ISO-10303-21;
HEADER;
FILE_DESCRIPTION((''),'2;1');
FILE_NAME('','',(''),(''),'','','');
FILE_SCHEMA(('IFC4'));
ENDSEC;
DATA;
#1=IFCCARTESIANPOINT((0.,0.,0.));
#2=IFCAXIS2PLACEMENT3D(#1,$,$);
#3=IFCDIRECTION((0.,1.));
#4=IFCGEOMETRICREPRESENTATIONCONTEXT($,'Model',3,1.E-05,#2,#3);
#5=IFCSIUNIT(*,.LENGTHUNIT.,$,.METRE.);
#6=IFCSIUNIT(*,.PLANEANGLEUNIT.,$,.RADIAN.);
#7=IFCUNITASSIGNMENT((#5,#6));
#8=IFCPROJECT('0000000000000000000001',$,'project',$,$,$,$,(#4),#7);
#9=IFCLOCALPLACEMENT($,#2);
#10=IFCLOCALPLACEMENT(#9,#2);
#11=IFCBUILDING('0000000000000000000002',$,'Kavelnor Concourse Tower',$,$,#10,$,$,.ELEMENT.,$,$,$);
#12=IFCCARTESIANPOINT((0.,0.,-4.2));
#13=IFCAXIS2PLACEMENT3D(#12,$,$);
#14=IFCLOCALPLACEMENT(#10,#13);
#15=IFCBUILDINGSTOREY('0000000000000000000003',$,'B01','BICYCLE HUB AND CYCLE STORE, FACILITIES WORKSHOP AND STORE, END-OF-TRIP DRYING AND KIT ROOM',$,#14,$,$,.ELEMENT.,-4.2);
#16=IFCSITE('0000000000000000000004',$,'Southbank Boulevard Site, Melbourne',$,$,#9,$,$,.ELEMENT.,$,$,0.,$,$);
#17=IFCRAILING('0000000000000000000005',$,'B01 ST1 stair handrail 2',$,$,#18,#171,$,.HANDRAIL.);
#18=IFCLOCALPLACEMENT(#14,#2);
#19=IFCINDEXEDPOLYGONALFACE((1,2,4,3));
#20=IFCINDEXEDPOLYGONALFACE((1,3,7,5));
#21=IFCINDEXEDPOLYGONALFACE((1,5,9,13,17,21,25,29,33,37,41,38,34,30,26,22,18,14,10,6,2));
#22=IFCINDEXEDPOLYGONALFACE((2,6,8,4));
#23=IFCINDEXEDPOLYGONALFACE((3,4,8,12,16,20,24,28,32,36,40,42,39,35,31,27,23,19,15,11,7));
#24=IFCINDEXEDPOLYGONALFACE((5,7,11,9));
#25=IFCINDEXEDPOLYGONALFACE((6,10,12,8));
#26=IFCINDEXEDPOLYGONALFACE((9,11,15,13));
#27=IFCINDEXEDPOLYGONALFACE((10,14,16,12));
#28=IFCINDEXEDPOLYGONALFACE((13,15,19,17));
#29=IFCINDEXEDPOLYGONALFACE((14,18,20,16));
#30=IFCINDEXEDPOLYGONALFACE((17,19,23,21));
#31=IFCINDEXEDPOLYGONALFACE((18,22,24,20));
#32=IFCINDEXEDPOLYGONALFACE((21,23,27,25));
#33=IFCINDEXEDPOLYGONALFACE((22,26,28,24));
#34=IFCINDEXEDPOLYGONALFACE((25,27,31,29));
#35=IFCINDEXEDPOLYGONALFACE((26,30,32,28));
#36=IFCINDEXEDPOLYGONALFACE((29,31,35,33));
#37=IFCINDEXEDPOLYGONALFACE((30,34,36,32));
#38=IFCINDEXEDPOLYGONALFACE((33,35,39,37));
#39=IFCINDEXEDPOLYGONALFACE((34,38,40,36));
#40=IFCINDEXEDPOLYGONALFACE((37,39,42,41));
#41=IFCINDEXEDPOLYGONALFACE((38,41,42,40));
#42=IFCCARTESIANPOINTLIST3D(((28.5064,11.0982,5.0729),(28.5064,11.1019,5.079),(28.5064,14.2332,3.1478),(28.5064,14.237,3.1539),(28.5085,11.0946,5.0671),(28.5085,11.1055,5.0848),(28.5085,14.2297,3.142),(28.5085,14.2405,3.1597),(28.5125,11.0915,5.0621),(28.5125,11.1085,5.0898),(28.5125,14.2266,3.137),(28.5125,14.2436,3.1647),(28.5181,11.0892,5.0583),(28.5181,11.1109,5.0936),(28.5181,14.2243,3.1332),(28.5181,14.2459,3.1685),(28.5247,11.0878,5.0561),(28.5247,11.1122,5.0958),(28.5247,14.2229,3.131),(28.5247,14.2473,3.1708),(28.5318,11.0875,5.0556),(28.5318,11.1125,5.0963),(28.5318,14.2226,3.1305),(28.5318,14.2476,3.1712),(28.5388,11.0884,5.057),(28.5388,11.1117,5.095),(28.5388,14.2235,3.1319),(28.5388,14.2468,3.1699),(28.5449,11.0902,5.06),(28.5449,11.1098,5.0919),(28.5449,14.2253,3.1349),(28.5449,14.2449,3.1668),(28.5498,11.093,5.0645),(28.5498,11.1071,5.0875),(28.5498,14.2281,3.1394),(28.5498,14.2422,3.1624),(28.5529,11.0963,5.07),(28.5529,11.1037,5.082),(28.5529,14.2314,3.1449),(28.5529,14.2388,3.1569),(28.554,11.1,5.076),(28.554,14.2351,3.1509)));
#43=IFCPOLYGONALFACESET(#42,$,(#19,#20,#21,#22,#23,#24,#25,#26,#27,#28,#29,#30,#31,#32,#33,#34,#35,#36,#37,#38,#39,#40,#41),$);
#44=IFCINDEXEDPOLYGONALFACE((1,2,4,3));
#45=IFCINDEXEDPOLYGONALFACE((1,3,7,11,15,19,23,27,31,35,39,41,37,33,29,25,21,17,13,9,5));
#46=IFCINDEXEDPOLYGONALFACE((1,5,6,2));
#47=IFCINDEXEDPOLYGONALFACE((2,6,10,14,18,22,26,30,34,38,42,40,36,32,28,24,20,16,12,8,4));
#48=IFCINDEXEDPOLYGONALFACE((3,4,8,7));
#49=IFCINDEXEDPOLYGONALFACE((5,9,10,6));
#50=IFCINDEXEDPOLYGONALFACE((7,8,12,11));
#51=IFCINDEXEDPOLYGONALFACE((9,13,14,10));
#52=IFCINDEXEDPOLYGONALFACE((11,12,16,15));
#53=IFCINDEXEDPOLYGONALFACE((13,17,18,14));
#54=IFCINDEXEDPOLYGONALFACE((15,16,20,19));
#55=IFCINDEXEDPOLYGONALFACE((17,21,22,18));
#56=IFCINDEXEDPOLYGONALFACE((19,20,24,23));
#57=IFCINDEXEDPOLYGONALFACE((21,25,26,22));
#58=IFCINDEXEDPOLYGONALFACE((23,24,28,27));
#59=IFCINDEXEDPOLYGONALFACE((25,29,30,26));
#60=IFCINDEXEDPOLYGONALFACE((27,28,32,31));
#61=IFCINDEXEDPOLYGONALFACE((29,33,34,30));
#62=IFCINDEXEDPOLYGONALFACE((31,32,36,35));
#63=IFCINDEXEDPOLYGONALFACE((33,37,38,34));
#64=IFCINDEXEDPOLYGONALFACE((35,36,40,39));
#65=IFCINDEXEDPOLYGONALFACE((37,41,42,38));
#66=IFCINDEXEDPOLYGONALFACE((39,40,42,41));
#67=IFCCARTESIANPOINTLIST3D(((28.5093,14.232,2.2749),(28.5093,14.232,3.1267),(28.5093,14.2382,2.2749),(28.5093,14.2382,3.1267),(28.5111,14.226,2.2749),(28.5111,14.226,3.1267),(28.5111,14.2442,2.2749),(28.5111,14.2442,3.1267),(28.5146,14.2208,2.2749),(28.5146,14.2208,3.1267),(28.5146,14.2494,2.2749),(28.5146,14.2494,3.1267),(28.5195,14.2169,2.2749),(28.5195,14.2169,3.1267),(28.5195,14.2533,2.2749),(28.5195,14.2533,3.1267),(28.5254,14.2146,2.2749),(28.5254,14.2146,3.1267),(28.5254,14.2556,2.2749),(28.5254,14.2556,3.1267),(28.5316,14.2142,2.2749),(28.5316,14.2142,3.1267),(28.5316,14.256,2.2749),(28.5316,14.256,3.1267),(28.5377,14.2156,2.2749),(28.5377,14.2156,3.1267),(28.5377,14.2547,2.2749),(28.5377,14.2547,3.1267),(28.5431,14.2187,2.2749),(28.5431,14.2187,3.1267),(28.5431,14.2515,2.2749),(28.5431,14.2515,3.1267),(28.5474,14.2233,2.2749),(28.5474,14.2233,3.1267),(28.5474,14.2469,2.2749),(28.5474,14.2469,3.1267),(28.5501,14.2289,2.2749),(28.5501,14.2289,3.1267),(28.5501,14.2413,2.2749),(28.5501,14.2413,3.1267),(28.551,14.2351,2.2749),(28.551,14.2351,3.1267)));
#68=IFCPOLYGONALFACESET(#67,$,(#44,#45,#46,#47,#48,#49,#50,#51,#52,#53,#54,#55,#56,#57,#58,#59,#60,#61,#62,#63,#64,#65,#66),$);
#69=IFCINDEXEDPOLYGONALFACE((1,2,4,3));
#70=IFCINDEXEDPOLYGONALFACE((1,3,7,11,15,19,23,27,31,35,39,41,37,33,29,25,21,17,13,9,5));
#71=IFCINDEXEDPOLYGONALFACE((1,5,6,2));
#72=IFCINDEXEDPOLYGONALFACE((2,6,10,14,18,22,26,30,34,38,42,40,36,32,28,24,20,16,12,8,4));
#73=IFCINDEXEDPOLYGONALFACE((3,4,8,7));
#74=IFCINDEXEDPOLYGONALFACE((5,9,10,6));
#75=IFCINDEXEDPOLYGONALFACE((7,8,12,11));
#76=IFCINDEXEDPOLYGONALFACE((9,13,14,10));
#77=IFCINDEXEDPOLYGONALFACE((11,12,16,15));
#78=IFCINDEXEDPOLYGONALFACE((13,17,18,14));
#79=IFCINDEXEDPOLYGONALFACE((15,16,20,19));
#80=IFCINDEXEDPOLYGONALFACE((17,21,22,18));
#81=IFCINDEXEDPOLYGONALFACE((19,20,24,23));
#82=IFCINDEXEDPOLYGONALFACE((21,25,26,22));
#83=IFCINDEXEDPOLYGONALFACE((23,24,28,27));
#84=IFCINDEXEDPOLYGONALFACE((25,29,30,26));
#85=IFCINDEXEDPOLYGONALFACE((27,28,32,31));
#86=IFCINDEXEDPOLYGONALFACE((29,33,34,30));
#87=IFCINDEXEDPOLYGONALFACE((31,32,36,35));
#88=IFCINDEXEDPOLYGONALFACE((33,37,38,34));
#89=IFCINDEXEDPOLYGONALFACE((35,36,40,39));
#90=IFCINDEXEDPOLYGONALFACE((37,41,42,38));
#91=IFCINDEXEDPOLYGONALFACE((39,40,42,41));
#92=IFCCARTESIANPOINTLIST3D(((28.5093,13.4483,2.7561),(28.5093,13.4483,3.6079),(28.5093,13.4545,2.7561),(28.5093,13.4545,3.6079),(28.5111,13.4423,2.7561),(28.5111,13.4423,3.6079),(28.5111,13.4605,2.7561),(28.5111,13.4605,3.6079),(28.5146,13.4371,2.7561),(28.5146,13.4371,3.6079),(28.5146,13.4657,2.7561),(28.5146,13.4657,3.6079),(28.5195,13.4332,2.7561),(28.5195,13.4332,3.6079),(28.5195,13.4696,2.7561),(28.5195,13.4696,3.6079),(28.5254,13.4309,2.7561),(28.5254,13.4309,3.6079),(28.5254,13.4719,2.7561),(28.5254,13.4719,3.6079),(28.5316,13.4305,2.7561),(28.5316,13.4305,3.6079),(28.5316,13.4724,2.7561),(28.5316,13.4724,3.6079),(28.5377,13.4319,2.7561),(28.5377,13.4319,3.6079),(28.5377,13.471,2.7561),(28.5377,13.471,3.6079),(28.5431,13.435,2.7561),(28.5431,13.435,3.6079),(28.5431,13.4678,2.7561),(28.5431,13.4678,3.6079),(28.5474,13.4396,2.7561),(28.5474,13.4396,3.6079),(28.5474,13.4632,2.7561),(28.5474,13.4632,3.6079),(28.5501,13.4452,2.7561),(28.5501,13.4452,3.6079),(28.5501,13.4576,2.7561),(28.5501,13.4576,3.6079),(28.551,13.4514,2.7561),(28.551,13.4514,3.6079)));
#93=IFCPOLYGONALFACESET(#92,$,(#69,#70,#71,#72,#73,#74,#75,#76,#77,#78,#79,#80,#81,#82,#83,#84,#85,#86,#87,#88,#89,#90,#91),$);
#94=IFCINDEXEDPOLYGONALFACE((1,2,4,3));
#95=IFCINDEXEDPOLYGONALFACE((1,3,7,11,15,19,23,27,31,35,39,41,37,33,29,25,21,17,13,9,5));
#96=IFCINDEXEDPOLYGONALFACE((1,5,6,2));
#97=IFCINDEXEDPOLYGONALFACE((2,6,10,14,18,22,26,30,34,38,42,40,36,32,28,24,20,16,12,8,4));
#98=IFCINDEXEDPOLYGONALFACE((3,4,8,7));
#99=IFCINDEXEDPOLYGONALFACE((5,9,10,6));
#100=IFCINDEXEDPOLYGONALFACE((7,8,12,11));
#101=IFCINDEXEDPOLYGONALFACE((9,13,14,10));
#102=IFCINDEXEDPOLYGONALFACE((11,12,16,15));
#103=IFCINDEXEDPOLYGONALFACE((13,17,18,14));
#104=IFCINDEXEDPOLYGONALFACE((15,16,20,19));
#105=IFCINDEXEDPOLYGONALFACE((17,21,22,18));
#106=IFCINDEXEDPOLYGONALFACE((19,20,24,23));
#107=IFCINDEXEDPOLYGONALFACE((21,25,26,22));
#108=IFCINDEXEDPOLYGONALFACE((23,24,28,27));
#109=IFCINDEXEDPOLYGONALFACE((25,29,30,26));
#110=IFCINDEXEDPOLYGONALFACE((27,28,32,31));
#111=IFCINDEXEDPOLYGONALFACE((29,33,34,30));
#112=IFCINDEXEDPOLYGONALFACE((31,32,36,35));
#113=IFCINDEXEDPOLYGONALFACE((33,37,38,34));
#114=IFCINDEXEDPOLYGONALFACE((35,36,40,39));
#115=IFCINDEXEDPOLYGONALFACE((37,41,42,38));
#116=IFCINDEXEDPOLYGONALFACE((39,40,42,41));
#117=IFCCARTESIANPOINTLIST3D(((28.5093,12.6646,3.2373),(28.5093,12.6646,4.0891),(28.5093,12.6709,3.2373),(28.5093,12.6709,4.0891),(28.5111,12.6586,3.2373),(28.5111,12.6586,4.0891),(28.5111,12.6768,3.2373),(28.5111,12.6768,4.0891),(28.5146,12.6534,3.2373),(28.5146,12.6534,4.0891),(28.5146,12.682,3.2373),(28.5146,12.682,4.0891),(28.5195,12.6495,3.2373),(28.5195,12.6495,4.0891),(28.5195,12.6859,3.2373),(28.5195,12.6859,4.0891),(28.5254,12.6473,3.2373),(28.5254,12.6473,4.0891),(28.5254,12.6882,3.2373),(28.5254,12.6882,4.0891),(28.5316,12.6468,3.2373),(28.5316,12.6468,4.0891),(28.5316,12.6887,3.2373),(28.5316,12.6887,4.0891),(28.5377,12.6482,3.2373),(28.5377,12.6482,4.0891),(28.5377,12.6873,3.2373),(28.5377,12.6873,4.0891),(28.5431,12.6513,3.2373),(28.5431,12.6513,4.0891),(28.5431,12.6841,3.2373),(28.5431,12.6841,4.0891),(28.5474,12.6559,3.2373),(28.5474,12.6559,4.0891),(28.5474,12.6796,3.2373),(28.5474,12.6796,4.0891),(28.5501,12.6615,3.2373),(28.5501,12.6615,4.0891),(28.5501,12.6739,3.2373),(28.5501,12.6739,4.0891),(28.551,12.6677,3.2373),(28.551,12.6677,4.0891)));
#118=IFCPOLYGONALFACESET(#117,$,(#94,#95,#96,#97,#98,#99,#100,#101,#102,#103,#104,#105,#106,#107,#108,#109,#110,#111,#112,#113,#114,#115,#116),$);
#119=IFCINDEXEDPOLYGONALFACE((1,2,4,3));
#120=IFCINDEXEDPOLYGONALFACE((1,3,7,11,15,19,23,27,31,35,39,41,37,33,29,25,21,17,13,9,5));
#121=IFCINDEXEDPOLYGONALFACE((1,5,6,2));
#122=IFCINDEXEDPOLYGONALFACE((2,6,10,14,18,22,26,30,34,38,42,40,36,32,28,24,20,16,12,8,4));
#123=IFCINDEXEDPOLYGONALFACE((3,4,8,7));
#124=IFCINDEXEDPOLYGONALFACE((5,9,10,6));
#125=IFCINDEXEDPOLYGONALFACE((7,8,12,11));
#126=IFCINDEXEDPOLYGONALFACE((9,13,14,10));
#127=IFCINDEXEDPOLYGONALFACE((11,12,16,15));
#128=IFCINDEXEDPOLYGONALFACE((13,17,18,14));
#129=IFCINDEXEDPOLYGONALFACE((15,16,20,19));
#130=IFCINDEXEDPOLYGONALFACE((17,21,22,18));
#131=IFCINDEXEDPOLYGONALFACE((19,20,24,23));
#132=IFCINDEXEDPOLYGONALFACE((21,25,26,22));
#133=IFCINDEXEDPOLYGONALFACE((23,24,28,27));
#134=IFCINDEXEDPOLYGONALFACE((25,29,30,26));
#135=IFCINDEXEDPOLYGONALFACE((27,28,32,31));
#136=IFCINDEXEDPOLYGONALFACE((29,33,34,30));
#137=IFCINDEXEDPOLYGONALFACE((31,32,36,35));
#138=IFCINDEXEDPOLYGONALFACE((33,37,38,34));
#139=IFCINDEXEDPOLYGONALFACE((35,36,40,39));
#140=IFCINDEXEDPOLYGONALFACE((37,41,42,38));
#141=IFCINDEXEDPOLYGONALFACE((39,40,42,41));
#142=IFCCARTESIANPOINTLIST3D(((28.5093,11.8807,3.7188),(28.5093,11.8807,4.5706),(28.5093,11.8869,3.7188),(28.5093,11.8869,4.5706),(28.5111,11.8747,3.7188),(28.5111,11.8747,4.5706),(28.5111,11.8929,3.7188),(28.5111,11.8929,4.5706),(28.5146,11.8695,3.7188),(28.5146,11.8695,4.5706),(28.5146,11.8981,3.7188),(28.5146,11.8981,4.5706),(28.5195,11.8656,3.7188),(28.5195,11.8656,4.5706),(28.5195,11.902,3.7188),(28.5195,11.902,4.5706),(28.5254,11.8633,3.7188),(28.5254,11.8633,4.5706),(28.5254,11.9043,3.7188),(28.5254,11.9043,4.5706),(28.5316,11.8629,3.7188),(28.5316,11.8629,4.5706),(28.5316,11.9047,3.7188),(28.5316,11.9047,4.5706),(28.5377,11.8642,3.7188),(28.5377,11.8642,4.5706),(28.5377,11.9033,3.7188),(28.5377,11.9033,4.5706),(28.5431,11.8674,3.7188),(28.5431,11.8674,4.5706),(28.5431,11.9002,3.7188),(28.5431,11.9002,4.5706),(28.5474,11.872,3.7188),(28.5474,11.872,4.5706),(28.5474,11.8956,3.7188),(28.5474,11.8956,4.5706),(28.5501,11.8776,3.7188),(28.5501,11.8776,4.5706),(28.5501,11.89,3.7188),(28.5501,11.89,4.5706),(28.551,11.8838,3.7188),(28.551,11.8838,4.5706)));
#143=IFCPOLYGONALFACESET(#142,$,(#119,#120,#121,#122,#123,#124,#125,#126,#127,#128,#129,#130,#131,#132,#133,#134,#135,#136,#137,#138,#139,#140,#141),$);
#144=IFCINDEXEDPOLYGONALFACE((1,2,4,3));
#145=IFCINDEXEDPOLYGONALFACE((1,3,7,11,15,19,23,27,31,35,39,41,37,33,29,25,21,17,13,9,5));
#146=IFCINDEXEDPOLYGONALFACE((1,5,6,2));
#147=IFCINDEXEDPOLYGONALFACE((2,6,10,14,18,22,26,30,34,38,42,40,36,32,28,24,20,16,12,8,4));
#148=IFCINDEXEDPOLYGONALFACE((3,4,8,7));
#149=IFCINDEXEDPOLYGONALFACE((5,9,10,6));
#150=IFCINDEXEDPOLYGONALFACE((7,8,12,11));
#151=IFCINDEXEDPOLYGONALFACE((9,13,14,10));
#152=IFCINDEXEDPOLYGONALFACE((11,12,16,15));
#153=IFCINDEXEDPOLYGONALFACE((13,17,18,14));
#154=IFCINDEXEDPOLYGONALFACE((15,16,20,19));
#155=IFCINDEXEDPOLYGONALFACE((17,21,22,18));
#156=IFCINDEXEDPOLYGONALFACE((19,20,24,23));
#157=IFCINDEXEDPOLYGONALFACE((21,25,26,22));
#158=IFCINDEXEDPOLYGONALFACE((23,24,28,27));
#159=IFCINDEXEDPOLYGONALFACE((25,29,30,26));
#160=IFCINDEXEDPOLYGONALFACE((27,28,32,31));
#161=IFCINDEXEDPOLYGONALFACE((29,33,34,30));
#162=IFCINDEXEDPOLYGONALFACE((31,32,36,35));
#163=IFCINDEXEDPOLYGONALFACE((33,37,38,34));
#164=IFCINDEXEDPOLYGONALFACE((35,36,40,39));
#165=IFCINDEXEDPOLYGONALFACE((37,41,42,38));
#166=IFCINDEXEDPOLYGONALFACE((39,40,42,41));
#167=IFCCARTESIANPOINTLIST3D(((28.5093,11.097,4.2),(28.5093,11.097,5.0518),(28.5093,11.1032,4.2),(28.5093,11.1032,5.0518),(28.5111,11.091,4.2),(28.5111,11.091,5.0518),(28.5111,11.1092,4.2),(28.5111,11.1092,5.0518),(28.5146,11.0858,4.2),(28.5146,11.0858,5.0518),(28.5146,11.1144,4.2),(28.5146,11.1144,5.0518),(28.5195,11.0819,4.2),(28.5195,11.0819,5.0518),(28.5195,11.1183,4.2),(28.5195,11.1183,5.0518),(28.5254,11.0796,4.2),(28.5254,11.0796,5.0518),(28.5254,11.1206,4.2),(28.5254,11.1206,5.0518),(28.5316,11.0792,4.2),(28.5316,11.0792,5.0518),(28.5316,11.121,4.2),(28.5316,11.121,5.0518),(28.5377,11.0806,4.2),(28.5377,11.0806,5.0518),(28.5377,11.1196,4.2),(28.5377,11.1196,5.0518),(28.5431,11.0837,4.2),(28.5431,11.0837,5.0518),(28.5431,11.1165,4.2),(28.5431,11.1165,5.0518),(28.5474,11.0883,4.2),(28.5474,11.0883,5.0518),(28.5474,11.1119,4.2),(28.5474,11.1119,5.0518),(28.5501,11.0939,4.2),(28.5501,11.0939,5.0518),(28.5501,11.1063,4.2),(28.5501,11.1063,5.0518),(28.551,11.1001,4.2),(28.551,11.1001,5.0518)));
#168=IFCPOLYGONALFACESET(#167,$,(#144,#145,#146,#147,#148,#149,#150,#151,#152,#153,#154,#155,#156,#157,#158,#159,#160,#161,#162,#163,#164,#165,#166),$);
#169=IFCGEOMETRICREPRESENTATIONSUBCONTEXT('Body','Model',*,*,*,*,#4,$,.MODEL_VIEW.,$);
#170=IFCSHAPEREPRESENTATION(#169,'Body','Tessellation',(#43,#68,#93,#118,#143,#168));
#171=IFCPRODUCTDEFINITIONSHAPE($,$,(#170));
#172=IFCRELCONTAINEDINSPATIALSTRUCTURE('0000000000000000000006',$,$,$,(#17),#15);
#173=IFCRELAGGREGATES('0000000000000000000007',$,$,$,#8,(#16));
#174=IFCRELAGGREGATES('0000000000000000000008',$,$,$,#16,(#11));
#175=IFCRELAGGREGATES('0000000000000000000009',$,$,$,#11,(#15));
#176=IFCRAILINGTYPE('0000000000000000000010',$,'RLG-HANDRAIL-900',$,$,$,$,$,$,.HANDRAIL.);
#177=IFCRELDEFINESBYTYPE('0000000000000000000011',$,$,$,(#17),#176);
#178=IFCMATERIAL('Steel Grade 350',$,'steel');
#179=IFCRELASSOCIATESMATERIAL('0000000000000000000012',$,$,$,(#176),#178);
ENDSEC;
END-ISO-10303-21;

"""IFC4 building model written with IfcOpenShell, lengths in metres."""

from ifc_helpers import new_model, si_unit, direction, frame, origin, origin_2d, place, context, subcontext, project, spatial, circle, extrude, material, type_object, element, save


model = new_model("IFC4")

# Units and contexts
model_context = context("Model", 3, precision=1e-05, world=origin(), true_north=direction((0.0, 1.0)))
body_context = subcontext(model_context, "Body", "Model", "MODEL_VIEW")
ifc_project = project(units=[si_unit("LENGTHUNIT", "METRE"), si_unit("PLANEANGLEUNIT", "RADIAN")], contexts=[model_context])

# Site, building, storey
site_placement = place(None, origin())
site = spatial("IfcSite", under=ifc_project, at=site_placement, Name="Southbank Boulevard Site, Melbourne", CompositionType="ELEMENT", RefElevation=0.0)
building_placement = place(site_placement, origin())
building = spatial("IfcBuilding", under=site, at=building_placement, Name="Kavelnor Concourse Tower", CompositionType="ELEMENT")
storey_placement = place(building_placement, frame((0.0, 0.0, -4.2)))
storey = spatial("IfcBuildingStorey", under=building, at=storey_placement, Name="B01", Description="BICYCLE HUB AND CYCLE STORE, FACILITIES WORKSHOP AND STORE, END-OF-TRIP DRYING AND KIT ROOM", CompositionType="ELEMENT", Elevation=-4.2)

# Shared definitions
ifc_material_1 = material(Name="Steel Grade 350", Category="steel")

# Railing
railing_type_1 = type_object("IfcRailingType", Name="RLG-HANDRAIL-900", PredefinedType="HANDRAIL", material=ifc_material_1)
railing_1_placement = place(storey_placement, frame((28.53, 14.2351, 2.2749)))
element("IfcRailing", 1, at=railing_1_placement, inside=storey, type_object=railing_type_1, Name="B01 ST1 stair handrail 2", PredefinedType="HANDRAIL", context=body_context, shape_type="SweptSolid", body=[
    extrude(circle(Radius=0.0239, at=origin_2d()), frame((0.0, 0.0, 0.876), z_axis=(0.0, -0.852166, 0.523271), x_axis=(1.0, 0.0, 0.0)), (0.0, 0.0, 1.0), 3.679),
    extrude(circle(Radius=0.021, at=origin_2d()), origin(), (0.0, 0.0, 1.0), 0.8518),
    extrude(circle(Radius=0.021, at=origin_2d()), frame((0.0, -0.7837, 0.4812)), (0.0, 0.0, 1.0), 0.8518),
    extrude(circle(Radius=0.021, at=origin_2d()), frame((0.0, -1.5674, 0.9624)), (0.0, 0.0, 1.0), 0.8518),
    extrude(circle(Radius=0.021, at=origin_2d()), frame((0.0, -2.3513, 1.4438)), (0.0, 0.0, 1.0), 0.8518),
    extrude(circle(Radius=0.021, at=origin_2d()), frame((0.0, -3.135, 1.925)), (0.0, 0.0, 1.0), 0.8518),
])

save(model, "model.ifc")
